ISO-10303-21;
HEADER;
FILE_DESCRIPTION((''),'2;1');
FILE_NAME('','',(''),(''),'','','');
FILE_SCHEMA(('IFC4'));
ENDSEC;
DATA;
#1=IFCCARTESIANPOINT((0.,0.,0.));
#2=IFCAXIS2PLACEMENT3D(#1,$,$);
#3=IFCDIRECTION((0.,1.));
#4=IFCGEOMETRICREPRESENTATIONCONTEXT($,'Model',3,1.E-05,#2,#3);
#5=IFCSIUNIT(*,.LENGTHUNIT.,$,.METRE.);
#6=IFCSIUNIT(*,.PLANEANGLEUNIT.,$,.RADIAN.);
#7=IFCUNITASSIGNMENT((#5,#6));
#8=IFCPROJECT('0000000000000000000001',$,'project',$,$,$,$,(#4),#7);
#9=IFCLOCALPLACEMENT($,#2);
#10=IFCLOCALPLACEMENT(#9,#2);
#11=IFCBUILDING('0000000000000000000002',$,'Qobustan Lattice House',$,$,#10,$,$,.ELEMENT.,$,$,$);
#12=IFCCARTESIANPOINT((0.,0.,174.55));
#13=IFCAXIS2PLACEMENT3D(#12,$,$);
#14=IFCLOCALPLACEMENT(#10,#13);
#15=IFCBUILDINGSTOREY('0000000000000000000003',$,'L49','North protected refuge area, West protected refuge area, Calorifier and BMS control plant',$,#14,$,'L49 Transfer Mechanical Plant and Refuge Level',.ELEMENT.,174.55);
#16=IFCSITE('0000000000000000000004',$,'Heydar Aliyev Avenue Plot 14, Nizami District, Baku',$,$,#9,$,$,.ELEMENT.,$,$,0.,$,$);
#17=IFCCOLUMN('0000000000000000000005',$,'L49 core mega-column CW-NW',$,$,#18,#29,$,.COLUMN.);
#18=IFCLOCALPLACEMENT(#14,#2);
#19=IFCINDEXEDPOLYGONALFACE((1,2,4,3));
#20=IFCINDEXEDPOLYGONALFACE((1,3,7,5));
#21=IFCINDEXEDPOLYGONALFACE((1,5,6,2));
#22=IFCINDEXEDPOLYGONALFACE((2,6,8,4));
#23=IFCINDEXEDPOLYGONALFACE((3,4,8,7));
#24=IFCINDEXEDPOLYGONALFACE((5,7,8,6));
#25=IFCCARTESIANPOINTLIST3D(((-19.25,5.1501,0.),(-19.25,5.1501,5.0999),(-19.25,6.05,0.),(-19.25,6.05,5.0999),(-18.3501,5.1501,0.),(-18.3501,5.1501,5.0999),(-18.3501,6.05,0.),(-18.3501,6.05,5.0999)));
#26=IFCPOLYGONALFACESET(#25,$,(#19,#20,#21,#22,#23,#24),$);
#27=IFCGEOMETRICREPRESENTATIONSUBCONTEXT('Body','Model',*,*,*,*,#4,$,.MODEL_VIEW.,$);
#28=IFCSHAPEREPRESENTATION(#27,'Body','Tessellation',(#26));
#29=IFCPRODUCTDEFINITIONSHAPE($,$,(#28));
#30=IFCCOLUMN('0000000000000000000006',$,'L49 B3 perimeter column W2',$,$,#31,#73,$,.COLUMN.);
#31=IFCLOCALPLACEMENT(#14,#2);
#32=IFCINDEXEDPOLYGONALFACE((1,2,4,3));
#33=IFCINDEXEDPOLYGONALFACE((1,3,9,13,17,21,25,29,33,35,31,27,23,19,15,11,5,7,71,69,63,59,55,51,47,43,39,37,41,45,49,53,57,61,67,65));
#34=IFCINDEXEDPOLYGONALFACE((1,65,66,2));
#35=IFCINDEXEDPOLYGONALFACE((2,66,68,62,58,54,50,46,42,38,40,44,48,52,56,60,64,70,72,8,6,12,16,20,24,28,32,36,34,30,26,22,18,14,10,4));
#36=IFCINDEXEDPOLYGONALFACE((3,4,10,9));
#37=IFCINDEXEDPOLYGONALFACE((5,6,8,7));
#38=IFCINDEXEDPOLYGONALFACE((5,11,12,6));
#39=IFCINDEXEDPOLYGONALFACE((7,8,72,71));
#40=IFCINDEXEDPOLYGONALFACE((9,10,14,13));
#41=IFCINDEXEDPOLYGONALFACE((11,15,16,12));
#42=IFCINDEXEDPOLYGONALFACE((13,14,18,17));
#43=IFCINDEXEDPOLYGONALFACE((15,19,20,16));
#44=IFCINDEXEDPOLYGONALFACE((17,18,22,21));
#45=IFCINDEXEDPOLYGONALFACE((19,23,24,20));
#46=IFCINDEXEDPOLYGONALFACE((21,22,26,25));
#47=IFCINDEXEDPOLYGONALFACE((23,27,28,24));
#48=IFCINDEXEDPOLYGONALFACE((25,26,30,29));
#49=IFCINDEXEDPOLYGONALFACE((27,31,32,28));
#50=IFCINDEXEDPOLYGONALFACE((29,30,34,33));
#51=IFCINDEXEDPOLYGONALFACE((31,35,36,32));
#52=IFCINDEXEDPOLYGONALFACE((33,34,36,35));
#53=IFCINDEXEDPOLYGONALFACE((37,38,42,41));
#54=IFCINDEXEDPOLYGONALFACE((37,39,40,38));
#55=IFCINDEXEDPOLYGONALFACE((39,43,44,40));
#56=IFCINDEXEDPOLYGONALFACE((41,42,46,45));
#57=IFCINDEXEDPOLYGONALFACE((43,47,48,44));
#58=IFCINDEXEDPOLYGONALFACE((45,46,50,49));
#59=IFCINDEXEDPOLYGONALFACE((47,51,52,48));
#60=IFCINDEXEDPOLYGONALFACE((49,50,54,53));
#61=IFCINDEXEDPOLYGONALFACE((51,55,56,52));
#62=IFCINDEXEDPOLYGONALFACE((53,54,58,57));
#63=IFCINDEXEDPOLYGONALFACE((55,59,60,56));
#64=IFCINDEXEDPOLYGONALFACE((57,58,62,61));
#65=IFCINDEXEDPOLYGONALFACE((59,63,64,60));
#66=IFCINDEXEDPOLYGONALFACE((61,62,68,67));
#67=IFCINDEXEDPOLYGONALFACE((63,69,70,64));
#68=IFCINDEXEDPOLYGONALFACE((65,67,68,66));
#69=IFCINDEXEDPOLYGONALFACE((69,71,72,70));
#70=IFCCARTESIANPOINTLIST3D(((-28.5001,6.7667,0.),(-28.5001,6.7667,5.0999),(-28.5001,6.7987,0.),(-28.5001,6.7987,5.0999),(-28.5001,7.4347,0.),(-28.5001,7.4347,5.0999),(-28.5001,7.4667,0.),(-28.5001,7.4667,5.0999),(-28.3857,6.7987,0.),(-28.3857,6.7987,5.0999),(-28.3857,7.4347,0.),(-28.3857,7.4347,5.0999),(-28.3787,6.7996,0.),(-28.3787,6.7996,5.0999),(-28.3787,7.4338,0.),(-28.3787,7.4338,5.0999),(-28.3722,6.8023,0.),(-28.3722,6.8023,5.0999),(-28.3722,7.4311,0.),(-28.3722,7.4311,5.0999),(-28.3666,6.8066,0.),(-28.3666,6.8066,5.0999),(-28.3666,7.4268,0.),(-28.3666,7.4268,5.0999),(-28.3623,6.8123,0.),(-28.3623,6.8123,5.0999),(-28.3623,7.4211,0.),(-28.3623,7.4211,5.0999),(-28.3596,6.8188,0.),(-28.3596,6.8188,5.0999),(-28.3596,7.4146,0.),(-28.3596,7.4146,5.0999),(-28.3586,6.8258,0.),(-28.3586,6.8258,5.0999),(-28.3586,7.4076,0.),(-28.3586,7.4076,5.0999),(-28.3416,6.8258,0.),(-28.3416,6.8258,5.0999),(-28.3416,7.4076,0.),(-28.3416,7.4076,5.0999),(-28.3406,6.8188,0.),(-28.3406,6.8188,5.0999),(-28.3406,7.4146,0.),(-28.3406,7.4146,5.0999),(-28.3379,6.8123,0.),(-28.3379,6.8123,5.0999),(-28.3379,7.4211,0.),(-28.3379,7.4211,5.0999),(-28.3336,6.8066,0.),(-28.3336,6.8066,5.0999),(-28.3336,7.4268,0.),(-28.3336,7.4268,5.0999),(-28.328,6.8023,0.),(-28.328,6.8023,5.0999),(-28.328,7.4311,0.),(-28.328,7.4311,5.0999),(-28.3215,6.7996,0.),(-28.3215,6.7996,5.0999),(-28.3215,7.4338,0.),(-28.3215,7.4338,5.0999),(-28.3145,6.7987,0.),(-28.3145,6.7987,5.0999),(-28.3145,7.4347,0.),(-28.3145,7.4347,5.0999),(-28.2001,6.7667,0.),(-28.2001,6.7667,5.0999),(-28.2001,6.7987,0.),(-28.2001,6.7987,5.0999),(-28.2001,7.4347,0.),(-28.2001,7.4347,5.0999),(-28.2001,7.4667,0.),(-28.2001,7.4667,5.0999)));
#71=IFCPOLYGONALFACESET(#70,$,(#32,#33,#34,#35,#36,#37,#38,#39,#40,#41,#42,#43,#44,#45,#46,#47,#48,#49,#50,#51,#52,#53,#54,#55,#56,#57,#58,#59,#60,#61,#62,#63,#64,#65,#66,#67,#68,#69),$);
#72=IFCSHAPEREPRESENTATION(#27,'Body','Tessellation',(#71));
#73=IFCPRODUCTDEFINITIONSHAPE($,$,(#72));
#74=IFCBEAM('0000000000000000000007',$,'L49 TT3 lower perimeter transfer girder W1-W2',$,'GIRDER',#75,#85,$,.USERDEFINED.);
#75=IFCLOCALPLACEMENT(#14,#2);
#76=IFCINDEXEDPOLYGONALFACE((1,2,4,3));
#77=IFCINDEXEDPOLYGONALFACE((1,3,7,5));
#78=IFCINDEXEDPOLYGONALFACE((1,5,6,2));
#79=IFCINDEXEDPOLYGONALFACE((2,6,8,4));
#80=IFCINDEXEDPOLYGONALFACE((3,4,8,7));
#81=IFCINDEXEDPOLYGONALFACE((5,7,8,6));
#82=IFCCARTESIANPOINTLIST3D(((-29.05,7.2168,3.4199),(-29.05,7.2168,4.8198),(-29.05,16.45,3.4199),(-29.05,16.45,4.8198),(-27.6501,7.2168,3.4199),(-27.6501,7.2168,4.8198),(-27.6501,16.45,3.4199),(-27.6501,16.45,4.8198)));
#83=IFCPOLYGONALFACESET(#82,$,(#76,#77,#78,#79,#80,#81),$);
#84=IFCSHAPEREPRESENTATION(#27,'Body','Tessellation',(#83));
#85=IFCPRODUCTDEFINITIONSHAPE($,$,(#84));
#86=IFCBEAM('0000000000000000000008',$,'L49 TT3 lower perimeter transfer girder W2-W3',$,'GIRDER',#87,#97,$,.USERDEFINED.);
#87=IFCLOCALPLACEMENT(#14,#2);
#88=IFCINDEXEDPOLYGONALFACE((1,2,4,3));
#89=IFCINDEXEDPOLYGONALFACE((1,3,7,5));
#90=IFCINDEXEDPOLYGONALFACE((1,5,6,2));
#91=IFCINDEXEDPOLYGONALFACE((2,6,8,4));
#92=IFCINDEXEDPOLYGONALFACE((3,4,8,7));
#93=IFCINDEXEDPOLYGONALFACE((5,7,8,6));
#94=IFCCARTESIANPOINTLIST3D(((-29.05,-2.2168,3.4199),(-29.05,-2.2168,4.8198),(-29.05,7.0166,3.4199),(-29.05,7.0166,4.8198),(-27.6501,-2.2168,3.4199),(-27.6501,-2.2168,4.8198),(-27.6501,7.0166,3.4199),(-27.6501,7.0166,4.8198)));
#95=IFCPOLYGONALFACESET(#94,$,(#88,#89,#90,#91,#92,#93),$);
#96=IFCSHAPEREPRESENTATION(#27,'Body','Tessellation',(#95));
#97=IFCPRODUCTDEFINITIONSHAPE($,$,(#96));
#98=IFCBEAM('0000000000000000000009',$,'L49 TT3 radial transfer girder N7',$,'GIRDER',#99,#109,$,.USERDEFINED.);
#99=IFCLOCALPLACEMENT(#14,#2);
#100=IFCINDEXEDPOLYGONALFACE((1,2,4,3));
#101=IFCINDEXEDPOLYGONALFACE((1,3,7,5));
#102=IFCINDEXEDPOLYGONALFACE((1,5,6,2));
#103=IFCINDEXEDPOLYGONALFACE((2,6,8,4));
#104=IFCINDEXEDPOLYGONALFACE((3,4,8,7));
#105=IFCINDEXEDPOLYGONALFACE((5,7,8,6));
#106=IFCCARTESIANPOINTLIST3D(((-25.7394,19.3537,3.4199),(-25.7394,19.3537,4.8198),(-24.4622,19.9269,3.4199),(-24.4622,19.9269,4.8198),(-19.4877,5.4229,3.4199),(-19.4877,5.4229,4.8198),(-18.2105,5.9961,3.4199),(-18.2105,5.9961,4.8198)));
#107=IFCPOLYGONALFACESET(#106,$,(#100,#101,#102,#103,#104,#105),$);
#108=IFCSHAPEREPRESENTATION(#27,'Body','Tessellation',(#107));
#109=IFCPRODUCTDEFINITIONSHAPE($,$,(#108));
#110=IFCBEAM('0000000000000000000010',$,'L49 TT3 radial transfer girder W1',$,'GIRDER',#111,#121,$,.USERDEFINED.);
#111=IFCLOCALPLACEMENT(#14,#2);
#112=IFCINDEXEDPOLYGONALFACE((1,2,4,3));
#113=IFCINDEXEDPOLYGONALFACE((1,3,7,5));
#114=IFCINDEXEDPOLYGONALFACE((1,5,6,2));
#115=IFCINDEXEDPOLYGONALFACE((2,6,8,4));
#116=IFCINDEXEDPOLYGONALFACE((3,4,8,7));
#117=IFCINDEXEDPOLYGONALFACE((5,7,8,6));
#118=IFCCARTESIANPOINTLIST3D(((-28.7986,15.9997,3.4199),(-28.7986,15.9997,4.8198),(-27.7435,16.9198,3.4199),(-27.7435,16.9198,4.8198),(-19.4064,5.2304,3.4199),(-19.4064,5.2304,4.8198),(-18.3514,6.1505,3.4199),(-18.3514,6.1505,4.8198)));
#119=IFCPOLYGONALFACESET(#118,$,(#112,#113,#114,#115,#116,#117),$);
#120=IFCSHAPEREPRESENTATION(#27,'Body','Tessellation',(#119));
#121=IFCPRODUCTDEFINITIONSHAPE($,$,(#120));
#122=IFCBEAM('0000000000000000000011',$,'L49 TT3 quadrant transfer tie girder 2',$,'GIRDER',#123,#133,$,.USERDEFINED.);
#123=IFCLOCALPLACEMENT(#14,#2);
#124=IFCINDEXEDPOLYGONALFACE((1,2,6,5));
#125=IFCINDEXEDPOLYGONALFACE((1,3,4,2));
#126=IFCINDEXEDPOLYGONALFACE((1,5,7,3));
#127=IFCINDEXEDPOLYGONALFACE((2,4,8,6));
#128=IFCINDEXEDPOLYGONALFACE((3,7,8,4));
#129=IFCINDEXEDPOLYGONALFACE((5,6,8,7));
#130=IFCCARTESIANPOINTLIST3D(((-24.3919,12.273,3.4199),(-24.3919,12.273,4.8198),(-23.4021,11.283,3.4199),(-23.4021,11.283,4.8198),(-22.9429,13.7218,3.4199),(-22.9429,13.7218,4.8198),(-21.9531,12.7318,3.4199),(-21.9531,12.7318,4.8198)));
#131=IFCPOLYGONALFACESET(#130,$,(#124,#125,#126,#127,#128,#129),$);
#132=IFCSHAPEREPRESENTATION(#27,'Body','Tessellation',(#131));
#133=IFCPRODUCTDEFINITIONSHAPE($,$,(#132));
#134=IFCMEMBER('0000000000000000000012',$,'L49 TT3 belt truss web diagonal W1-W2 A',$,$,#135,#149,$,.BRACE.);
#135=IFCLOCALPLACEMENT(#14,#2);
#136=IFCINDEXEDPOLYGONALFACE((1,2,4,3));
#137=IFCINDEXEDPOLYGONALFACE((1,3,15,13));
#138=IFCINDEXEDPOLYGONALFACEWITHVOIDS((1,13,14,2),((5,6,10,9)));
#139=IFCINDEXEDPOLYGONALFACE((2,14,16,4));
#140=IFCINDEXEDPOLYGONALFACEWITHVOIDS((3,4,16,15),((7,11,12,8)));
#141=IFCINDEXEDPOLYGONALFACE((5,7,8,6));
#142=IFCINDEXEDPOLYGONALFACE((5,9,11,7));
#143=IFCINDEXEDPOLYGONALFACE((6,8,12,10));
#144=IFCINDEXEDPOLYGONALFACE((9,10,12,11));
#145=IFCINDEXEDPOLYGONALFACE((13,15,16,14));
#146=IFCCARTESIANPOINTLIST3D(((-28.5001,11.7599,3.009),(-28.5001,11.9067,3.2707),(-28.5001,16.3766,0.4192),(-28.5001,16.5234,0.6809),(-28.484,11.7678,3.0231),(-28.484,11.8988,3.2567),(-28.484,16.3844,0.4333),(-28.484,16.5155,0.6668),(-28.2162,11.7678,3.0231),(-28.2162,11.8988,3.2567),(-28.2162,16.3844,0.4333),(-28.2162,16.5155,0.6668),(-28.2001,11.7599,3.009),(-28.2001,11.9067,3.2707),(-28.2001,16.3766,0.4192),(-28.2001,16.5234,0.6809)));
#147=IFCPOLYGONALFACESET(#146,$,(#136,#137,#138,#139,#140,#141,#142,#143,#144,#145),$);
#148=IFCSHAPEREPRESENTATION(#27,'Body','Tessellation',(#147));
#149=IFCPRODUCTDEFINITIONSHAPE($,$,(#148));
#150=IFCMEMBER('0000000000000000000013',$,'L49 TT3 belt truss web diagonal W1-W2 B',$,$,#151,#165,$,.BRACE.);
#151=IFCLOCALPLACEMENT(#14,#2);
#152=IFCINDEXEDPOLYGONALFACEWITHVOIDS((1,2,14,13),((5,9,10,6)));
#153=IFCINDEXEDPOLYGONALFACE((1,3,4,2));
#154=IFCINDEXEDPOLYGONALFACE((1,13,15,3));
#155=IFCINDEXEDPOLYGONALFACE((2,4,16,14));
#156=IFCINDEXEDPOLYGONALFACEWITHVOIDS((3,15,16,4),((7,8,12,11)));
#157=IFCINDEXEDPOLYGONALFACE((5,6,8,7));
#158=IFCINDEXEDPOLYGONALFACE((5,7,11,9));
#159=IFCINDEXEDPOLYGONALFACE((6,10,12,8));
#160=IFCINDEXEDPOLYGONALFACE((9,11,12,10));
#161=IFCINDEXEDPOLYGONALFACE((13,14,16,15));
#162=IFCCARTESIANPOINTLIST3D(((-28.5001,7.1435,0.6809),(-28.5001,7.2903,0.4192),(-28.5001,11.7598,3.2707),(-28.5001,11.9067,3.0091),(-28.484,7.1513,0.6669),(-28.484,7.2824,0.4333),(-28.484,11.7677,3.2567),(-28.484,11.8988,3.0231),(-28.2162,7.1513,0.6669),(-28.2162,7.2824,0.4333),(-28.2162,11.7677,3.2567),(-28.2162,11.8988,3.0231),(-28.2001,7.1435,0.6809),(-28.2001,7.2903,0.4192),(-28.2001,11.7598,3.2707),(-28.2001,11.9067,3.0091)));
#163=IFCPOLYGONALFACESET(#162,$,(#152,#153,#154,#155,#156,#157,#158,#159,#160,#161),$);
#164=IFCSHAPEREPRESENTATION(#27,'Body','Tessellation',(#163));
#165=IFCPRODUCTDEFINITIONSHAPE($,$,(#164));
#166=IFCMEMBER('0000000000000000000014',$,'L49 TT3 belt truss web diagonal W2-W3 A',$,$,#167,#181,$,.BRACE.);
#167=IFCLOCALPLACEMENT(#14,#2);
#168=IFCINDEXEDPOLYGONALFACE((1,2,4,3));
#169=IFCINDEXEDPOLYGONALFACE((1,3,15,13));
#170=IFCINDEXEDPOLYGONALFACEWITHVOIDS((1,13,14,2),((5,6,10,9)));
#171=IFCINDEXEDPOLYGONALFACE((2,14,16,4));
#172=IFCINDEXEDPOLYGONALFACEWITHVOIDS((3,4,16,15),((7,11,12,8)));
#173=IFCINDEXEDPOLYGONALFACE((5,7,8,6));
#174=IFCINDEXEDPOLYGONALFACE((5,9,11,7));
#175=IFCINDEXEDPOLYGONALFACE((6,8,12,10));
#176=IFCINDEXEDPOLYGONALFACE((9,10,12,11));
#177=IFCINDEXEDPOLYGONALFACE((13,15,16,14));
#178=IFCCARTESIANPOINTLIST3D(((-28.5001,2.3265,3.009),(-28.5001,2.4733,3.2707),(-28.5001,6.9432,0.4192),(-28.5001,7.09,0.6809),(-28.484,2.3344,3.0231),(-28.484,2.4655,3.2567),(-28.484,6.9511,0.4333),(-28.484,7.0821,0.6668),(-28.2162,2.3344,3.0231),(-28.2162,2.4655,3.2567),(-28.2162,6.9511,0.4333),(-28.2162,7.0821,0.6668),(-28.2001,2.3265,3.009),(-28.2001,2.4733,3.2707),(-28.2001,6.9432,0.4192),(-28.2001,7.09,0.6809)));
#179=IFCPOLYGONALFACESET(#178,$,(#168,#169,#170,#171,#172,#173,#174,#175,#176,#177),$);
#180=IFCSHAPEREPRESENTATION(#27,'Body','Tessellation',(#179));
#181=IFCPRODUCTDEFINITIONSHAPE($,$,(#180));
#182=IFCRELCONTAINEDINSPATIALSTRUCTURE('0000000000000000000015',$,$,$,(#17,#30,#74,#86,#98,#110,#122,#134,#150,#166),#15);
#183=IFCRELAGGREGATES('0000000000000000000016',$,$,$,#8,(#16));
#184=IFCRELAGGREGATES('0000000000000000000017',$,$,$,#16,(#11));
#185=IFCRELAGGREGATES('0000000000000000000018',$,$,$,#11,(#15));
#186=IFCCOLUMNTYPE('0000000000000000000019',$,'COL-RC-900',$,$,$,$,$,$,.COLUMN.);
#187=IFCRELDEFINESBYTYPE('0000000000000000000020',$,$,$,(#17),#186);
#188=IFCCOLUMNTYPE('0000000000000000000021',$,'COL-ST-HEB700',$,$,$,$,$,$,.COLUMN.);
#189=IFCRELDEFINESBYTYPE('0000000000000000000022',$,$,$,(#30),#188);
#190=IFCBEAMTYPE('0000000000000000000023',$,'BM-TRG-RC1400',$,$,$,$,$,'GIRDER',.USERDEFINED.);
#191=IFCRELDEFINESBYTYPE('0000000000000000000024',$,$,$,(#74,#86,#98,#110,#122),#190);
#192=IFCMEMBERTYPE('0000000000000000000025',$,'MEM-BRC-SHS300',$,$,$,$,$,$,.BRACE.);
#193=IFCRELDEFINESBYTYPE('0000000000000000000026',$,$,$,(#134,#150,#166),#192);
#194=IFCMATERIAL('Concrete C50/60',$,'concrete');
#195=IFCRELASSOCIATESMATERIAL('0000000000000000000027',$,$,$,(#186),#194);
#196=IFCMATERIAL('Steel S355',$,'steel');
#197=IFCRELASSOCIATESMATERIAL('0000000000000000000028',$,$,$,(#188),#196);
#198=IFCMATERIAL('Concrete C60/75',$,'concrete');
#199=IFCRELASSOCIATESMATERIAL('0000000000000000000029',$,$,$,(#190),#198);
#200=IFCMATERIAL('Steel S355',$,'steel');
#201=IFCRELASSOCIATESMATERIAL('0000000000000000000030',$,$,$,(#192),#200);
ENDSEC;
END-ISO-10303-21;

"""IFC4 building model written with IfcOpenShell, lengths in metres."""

from ifc_helpers import new_model, si_unit, direction, frame, origin, origin_2d, place, context, subcontext, project, spatial, rectangle, hollow_rectangle, i_section, extrude, material, material_profile, profile_set, type_object, element, save


model = new_model("IFC4")

# Units and contexts
model_context = context("Model", 3, precision=1e-05, world=origin(), true_north=direction((0.0, 1.0)))
body_context = subcontext(model_context, "Body", "Model", "MODEL_VIEW")
ifc_project = project(units=[si_unit("LENGTHUNIT", "METRE"), si_unit("PLANEANGLEUNIT", "RADIAN")], contexts=[model_context])

# Site, building, storey
site_placement = place(None, origin())
site = spatial("IfcSite", under=ifc_project, at=site_placement, Name="Heydar Aliyev Avenue Plot 14, Nizami District, Baku", CompositionType="ELEMENT", RefElevation=0.0)
building_placement = place(site_placement, origin())
building = spatial("IfcBuilding", under=site, at=building_placement, Name="Qobustan Lattice House", CompositionType="ELEMENT")
storey_placement = place(building_placement, frame((0.0, 0.0, 174.55)))
storey = spatial("IfcBuildingStorey", under=building, at=storey_placement, Name="L49", Description="North protected refuge area, West protected refuge area, Calorifier and BMS control plant", LongName="L49 Transfer Mechanical Plant and Refuge Level", CompositionType="ELEMENT", Elevation=174.55)

# Columns
ifc_material_1 = material(Name="Concrete C50/60", Category="concrete")
ifc_material_profile_1 = material_profile(ifc_material_1, rectangle(XDim=0.8999, YDim=0.8999, at=origin_2d()), Name="RC900x900")
ifc_profile_set_1 = profile_set([ifc_material_profile_1], Name="Concrete C50/60")
column_type_1 = type_object("IfcColumnType", Name="COL-RC-900", PredefinedType="COLUMN", material=ifc_profile_set_1)
column_1_placement = place(storey_placement, frame((-18.8, 5.6001, 0.0), z_axis=(0.0, 0.0, 1.0), x_axis=(1.0, 0.0, 0.0)))
element("IfcColumn", 1, at=column_1_placement, inside=storey, type_object=column_type_1, Name="L49 core mega-column CW-NW", PredefinedType="COLUMN", context=body_context, shape_type="SweptSolid", body=[
    extrude(rectangle(XDim=0.8999, YDim=0.8999, at=origin_2d()), origin(), (0.0, 0.0, 1.0), 5.0999),
])
ifc_material_2 = material(Name="Steel S355", Category="steel")
ifc_material_profile_2 = material_profile(ifc_material_2, i_section(OverallWidth=0.3, OverallDepth=0.7, WebThickness=0.0171, FlangeThickness=0.032, FilletRadius=0.0271, at=origin_2d()), Name="HEB700")
ifc_profile_set_2 = profile_set([ifc_material_profile_2], Name="Steel S355")
column_type_2 = type_object("IfcColumnType", Name="COL-ST-HEB700", PredefinedType="COLUMN", material=ifc_profile_set_2)
column_2_placement = place(storey_placement, frame((-28.3501, 7.1167, 0.0), z_axis=(0.0, 0.0, 1.0), x_axis=(1.0, 0.0, 0.0)))
element("IfcColumn", 2, at=column_2_placement, inside=storey, type_object=column_type_2, Name="L49 B3 perimeter column W2", PredefinedType="COLUMN", context=body_context, shape_type="SweptSolid", body=[
    extrude(i_section(OverallWidth=0.3, OverallDepth=0.7, WebThickness=0.0171, FlangeThickness=0.032, FilletRadius=0.0271, at=origin_2d()), origin(), (0.0, 0.0, 1.0), 5.0999),
])

# Beams
ifc_material_3 = material(Name="Concrete C60/75", Category="concrete")
ifc_material_profile_3 = material_profile(ifc_material_3, rectangle(XDim=1.3999, YDim=1.3999, at=origin_2d()), Name="RC1400x1400")
ifc_profile_set_3 = profile_set([ifc_material_profile_3], Name="Concrete C60/75")
beam_type = type_object("IfcBeamType", Name="BM-TRG-RC1400", ElementType="GIRDER", PredefinedType="USERDEFINED", material=ifc_profile_set_3)
beam_1_placement = place(storey_placement, frame((-28.3501, 16.45, 4.1199), z_axis=(0.0, -1.0, 0.0), x_axis=(1.0, 0.0, 0.0)))
element("IfcBeam", 3, at=beam_1_placement, inside=storey, type_object=beam_type, Name="L49 TT3 lower perimeter transfer girder W1-W2", ObjectType="GIRDER", PredefinedType="USERDEFINED", context=body_context, shape_type="SweptSolid", body=[
    extrude(rectangle(XDim=1.3999, YDim=1.3999, at=origin_2d()), origin(), (0.0, 0.0, 1.0), 9.2332),
])
beam_2_placement = place(storey_placement, frame((-28.3501, 7.0166, 4.1199), z_axis=(0.0, -1.0, 0.0), x_axis=(1.0, 0.0, 0.0)))
element("IfcBeam", 4, at=beam_2_placement, inside=storey, type_object=beam_type, Name="L49 TT3 lower perimeter transfer girder W2-W3", ObjectType="GIRDER", PredefinedType="USERDEFINED", context=body_context, shape_type="SweptSolid", body=[
    extrude(rectangle(XDim=1.3999, YDim=1.3999, at=origin_2d()), origin(), (0.0, 0.0, 1.0), 9.2334),
])
beam_3_placement = place(storey_placement, frame((-18.8491, 5.7095, 4.1199), z_axis=(-0.409428, 0.912343, 0.0), x_axis=(-0.912343, -0.409428, 0.0)))
element("IfcBeam", 5, at=beam_3_placement, inside=storey, type_object=beam_type, Name="L49 TT3 radial transfer girder N7", ObjectType="GIRDER", PredefinedType="USERDEFINED", context=body_context, shape_type="SweptSolid", body=[
    extrude(rectangle(XDim=1.3999, YDim=1.3999, at=origin_2d()), origin(), (0.0, 0.0, 1.0), 15.2693),
])
beam_4_placement = place(storey_placement, frame((-18.8789, 5.6904, 4.1199), z_axis=(-0.657274, 0.753652, 0.0), x_axis=(-0.753652, -0.657274, 0.0)))
element("IfcBeam", 6, at=beam_4_placement, inside=storey, type_object=beam_type, Name="L49 TT3 radial transfer girder W1", ObjectType="GIRDER", PredefinedType="USERDEFINED", context=body_context, shape_type="SweptSolid", body=[
    extrude(rectangle(XDim=1.3999, YDim=1.3999, at=origin_2d()), origin(), (0.0, 0.0, 1.0), 14.2896),
])
beam_5_placement = place(storey_placement, frame((-22.448, 13.2268, 4.1199), z_axis=(-0.707166, -0.707047, 0.0), x_axis=(0.707047, -0.707166, 0.0)))
element("IfcBeam", 7, at=beam_5_placement, inside=storey, type_object=beam_type, Name="L49 TT3 quadrant transfer tie girder 2", ObjectType="GIRDER", PredefinedType="USERDEFINED", context=body_context, shape_type="SweptSolid", body=[
    extrude(rectangle(XDim=1.3999, YDim=1.3999, at=origin_2d()), origin(), (0.0, 0.0, 1.0), 2.0491),
])

# Members
ifc_material_4 = material(Name="Steel S355", Category="steel")
ifc_material_profile_4 = material_profile(ifc_material_4, hollow_rectangle(XDim=0.3, YDim=0.3, WallThickness=0.0161, at=origin_2d()), Name="SHS300x300x16")
ifc_profile_set_4 = profile_set([ifc_material_profile_4], Name="Steel S355")
member_type_1 = type_object("IfcMemberType", Name="MEM-BRC-SHS300", PredefinedType="BRACE", material=ifc_profile_set_4)
member_1_placement = place(storey_placement, frame((-28.3501, 16.45, 0.55), z_axis=(0.0, -0.872144, 0.489249), x_axis=(1.0, 0.0, 0.0)))
element("IfcMember", 8, at=member_1_placement, inside=storey, type_object=member_type_1, Name="L49 TT3 belt truss web diagonal W1-W2 A", PredefinedType="BRACE", context=body_context, shape_type="SweptSolid", body=[
    extrude(hollow_rectangle(XDim=0.3, YDim=0.3, WallThickness=0.0161, at=origin_2d()), origin(), (0.0, 0.0, 1.0), 5.2935),
])
member_2_placement = place(storey_placement, frame((-28.3501, 11.8333, 3.1399), z_axis=(0.0, -0.872133, -0.489269), x_axis=(1.0, 0.0, 0.0)))
element("IfcMember", 9, at=member_2_placement, inside=storey, type_object=member_type_1, Name="L49 TT3 belt truss web diagonal W1-W2 B", PredefinedType="BRACE", context=body_context, shape_type="SweptSolid", body=[
    extrude(hollow_rectangle(XDim=0.3, YDim=0.3, WallThickness=0.0161, at=origin_2d()), origin(), (0.0, 0.0, 1.0), 5.2932),
])
for number, where, z_axis, x_axis, name in (
    (10, (-28.3501, 7.0166, 0.55), (0.0, -0.872144, 0.489249), (1.0, 0.0, 0.0), "L49 TT3 belt truss web diagonal W2-W3 A"),
):
    element("IfcMember", number, at=place(storey_placement, frame(where, z_axis=z_axis, x_axis=x_axis)), inside=storey, type_object=member_type_1, Name=name, PredefinedType="BRACE", context=body_context, shape_type="SweptSolid", body=[
        extrude(hollow_rectangle(XDim=0.3, YDim=0.3, WallThickness=0.0161, at=origin_2d()), origin(), (0.0, 0.0, 1.0), 5.2935),
    ])

save(model, "model.ifc")
